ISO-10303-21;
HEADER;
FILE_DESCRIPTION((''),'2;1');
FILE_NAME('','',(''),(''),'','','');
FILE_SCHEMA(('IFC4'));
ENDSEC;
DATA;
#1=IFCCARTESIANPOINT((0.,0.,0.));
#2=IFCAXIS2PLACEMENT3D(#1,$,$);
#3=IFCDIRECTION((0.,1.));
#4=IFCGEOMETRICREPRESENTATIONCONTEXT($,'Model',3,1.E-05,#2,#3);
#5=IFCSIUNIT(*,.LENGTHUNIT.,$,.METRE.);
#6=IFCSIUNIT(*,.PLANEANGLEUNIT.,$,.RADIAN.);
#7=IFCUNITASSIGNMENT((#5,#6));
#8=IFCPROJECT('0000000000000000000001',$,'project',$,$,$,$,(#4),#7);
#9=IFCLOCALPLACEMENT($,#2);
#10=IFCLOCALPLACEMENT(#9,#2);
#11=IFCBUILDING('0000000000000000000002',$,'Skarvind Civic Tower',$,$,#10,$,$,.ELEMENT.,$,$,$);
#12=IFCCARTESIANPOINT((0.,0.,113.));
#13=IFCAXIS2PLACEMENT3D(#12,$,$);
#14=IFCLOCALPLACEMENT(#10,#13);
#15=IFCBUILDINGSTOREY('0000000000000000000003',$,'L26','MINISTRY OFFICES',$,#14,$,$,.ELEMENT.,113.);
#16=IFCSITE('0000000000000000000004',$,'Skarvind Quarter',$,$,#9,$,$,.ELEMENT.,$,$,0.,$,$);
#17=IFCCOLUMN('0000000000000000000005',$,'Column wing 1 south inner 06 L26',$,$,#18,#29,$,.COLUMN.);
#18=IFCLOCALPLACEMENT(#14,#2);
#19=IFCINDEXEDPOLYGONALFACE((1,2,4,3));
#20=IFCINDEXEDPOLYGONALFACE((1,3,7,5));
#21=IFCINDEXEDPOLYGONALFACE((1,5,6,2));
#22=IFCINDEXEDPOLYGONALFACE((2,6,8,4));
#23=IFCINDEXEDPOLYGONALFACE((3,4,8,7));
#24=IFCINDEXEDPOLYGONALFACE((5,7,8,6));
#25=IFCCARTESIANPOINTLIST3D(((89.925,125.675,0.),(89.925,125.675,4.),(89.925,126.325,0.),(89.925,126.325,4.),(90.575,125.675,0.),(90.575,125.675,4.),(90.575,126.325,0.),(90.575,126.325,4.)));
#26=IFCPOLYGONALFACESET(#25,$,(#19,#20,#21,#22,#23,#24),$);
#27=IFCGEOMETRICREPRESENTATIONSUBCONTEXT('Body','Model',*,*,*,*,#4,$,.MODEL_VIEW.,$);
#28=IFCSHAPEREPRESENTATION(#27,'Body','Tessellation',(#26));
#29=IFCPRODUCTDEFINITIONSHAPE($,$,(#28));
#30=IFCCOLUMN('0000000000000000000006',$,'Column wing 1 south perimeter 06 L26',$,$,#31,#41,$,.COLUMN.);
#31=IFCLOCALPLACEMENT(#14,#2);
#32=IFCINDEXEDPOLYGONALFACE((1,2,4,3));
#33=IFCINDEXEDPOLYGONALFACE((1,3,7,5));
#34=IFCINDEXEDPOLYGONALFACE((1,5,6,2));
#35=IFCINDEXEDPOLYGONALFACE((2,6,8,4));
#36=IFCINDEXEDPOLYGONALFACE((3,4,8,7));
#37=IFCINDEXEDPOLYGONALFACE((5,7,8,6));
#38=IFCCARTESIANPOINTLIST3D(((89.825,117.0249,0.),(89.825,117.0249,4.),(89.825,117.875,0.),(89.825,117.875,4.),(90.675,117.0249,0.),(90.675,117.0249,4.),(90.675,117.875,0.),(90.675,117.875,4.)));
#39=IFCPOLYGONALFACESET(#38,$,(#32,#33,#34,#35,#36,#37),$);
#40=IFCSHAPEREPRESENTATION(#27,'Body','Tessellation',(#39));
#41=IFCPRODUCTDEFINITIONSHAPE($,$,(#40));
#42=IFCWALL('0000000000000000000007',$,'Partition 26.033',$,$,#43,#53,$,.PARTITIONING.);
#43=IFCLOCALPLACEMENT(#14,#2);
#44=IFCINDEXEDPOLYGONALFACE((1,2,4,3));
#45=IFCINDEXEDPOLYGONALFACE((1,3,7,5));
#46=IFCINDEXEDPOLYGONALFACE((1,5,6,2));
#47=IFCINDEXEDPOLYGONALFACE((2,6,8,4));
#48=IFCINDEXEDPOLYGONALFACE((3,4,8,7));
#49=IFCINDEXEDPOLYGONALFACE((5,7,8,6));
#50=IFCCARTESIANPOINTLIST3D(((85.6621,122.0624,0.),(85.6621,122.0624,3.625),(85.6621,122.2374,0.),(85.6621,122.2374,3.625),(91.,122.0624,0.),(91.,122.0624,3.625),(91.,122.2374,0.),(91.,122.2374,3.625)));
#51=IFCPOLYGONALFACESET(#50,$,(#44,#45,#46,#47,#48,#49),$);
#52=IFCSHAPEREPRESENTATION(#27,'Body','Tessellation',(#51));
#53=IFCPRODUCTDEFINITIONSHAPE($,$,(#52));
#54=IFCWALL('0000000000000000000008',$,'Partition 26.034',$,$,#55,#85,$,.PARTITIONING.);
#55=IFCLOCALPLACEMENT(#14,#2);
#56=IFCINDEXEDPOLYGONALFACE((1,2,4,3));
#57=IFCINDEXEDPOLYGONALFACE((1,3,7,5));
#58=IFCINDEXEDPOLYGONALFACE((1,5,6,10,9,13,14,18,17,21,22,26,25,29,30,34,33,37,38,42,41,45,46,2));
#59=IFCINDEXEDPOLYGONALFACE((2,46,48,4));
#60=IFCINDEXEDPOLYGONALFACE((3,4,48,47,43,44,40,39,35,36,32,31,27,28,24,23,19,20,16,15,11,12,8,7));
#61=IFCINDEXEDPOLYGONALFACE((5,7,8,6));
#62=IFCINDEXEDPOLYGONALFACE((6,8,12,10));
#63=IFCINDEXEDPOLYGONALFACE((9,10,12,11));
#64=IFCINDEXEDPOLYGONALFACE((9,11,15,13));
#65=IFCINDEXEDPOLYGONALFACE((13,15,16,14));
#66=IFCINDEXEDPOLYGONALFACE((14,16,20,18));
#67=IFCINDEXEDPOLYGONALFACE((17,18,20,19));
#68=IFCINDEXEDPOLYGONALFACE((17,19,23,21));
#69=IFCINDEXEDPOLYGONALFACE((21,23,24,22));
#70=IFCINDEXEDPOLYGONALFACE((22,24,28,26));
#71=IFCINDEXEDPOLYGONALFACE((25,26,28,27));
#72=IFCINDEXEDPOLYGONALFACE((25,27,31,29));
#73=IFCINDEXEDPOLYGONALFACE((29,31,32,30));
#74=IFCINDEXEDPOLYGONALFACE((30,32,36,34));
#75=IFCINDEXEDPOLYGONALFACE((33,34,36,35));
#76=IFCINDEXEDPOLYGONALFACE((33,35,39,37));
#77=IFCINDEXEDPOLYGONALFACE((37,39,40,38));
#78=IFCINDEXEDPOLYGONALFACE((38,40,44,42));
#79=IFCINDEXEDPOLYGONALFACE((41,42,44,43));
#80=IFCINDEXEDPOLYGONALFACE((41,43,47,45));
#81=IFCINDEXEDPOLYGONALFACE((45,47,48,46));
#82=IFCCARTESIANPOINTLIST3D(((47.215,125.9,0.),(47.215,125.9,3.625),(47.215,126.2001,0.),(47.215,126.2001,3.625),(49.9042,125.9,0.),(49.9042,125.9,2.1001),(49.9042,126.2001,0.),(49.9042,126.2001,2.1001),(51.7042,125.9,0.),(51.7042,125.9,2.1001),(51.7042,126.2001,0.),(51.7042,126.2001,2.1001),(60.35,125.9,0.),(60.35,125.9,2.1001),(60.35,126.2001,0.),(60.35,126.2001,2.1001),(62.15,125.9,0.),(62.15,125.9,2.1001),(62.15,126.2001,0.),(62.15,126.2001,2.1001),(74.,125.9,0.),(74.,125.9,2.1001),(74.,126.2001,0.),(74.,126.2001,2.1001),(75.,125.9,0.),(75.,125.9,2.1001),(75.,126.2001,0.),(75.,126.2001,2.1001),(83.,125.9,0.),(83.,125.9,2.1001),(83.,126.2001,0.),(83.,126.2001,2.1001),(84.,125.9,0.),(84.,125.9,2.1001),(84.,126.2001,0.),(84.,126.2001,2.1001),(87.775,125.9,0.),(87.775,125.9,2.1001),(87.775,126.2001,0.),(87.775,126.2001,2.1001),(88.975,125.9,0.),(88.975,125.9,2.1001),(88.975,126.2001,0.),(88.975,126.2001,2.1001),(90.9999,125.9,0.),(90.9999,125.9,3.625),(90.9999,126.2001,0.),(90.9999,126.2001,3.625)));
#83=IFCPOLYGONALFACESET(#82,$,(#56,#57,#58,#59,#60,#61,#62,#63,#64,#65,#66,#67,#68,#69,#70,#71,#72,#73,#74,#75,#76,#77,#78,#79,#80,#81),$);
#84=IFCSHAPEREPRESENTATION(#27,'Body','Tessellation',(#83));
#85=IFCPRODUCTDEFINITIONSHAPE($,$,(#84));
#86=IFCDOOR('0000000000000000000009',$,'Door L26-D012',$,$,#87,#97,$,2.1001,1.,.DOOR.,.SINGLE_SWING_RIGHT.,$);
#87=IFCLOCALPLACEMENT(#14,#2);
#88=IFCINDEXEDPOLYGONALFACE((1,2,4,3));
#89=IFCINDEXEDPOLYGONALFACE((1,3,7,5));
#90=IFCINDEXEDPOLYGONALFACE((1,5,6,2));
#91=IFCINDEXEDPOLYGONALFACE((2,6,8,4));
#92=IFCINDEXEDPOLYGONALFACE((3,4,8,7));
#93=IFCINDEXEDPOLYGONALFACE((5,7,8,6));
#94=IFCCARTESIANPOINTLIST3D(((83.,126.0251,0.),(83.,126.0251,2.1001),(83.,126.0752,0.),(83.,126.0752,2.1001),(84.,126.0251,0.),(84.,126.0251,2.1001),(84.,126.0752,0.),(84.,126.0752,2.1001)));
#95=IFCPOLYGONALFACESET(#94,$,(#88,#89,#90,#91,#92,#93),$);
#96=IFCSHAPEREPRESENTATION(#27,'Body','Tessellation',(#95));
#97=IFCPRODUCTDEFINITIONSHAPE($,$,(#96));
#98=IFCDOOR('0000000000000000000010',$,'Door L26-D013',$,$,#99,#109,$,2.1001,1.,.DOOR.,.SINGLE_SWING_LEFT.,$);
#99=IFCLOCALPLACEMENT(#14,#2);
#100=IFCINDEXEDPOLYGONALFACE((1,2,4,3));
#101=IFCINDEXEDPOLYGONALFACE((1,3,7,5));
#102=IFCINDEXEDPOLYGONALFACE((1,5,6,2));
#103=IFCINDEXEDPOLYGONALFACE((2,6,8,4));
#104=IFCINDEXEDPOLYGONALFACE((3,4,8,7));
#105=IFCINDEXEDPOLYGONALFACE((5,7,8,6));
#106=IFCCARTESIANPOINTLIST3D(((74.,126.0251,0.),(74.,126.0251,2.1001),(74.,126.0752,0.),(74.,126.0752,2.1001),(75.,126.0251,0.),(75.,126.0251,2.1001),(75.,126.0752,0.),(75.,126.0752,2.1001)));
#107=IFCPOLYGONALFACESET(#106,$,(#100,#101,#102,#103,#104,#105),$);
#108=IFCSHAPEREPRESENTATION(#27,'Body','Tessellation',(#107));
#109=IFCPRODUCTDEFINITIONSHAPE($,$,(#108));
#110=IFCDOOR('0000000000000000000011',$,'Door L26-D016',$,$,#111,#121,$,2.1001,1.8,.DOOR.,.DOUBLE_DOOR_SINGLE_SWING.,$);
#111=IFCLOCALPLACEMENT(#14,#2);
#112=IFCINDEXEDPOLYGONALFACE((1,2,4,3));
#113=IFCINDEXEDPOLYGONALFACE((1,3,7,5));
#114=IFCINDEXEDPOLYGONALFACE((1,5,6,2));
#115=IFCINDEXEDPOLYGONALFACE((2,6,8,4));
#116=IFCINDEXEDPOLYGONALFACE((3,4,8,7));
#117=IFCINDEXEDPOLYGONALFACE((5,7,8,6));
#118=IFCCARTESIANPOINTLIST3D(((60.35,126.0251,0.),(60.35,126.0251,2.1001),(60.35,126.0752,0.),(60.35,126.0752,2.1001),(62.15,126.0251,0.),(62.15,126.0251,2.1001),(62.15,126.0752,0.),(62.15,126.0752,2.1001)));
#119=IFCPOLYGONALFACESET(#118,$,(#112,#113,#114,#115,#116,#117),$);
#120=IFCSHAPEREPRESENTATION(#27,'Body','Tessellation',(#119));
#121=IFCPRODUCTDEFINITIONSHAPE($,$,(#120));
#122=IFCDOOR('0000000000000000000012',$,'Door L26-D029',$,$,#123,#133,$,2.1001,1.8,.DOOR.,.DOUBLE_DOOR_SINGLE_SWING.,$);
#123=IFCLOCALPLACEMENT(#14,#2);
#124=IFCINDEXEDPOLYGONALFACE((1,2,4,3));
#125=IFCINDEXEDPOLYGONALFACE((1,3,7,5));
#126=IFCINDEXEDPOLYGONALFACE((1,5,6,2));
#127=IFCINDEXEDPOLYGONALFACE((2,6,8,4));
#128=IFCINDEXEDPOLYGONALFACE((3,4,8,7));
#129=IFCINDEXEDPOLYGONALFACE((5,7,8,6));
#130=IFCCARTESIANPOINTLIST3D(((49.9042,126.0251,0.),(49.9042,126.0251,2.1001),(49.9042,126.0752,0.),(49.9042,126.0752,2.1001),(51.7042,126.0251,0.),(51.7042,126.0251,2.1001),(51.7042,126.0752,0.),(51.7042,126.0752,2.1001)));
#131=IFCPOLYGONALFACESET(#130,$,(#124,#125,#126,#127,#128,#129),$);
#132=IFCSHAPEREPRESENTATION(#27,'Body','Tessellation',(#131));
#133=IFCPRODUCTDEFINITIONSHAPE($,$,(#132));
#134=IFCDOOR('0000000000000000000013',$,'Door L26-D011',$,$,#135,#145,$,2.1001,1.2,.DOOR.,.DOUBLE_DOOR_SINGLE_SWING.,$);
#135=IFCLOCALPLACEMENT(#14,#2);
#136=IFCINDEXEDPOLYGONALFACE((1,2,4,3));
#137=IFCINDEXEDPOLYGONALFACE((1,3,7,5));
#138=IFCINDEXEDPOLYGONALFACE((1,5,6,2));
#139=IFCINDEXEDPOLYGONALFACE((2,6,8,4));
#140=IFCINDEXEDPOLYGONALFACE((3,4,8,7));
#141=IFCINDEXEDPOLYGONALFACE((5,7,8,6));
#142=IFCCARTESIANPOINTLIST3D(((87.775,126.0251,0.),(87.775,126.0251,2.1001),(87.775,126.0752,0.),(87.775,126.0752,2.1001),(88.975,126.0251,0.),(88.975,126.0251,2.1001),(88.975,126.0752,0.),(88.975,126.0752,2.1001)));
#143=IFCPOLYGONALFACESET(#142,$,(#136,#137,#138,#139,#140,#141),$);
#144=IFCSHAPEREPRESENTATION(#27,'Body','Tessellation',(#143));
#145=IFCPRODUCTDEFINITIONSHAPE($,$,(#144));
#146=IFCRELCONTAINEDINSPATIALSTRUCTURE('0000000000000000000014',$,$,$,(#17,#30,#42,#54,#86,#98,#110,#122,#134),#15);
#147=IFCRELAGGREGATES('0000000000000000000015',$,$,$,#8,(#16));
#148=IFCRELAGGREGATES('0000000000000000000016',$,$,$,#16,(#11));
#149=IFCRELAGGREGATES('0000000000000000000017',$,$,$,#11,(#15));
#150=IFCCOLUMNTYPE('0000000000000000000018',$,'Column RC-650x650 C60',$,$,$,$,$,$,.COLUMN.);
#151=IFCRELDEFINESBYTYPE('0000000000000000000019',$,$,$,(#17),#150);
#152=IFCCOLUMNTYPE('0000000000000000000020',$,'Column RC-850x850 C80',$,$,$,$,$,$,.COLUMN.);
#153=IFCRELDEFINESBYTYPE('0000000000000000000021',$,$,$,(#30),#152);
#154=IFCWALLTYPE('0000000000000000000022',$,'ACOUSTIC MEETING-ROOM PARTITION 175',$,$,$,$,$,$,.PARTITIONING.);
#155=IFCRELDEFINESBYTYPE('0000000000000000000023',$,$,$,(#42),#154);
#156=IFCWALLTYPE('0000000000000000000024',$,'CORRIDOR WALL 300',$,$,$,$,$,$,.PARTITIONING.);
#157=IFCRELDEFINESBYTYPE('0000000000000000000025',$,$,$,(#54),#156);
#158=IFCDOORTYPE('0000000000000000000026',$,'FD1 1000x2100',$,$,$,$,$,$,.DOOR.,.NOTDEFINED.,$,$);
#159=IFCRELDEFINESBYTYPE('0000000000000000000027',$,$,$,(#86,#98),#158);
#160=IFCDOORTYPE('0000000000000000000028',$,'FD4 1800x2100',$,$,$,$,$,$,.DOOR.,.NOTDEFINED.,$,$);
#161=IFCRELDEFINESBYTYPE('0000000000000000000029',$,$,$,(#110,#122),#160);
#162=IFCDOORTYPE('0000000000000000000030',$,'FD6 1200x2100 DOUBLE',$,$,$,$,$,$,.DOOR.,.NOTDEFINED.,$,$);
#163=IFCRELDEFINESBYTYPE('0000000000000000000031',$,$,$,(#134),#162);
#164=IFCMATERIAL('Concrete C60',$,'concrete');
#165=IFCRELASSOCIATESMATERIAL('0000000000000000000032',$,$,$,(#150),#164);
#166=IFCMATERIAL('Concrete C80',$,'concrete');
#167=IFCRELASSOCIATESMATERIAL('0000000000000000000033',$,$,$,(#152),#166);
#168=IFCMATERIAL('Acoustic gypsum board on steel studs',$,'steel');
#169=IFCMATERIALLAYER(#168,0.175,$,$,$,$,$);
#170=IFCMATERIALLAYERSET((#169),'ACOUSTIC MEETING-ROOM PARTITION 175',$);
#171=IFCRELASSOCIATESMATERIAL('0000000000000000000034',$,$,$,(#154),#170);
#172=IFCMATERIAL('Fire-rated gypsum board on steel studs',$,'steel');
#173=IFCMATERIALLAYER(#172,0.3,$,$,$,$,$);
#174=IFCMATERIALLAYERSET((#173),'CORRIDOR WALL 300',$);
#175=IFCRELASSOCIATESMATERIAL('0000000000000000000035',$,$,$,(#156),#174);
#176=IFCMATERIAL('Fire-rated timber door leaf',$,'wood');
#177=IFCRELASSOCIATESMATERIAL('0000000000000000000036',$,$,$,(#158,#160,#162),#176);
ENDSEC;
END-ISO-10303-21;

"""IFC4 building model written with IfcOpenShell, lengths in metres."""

from ifc_helpers import new_model, si_unit, direction, frame, frame_2d, origin, origin_2d, place, context, subcontext, project, spatial, rectangle, extrude, material, layer, layer_set, material_profile, profile_set, type_object, element, fill, save


model = new_model("IFC4")

# Units and contexts
model_context = context("Model", 3, precision=1e-05, world=origin(), true_north=direction((0.0, 1.0)))
body_context = subcontext(model_context, "Body", "Model", "MODEL_VIEW")
ifc_project = project(units=[si_unit("LENGTHUNIT", "METRE"), si_unit("PLANEANGLEUNIT", "RADIAN")], contexts=[model_context])

# Site, building, storey
site_placement = place(None, origin())
site = spatial("IfcSite", under=ifc_project, at=site_placement, Name="Skarvind Quarter", CompositionType="ELEMENT", RefElevation=0.0)
building_placement = place(site_placement, origin())
building = spatial("IfcBuilding", under=site, at=building_placement, Name="Skarvind Civic Tower", CompositionType="ELEMENT")
storey_placement = place(building_placement, frame((0.0, 0.0, 113.0)))
storey = spatial("IfcBuildingStorey", under=building, at=storey_placement, Name="L26", Description="MINISTRY OFFICES", CompositionType="ELEMENT", Elevation=113.0)

# Columns
ifc_material_1 = material(Name="Concrete C60", Category="concrete")
ifc_material_profile_1 = material_profile(ifc_material_1, rectangle(XDim=0.6499, YDim=0.6499, at=origin_2d()), Name="RC-650x650")
ifc_profile_set_1 = profile_set([ifc_material_profile_1], Name="Concrete C60")
column_type_1 = type_object("IfcColumnType", Name="Column RC-650x650 C60", PredefinedType="COLUMN", material=ifc_profile_set_1)
column_1_placement = place(storey_placement, frame((90.25, 126.0, 0.0), z_axis=(0.0, 0.0, 1.0), x_axis=(1.0, 0.0, 0.0)))
element("IfcColumn", 1, at=column_1_placement, inside=storey, type_object=column_type_1, Name="Column wing 1 south inner 06 L26", PredefinedType="COLUMN", context=body_context, shape_type="SweptSolid", body=[
    extrude(rectangle(XDim=0.6499, YDim=0.6499, at=origin_2d()), origin(), (0.0, 0.0, 1.0), 4.0),
])
ifc_material_2 = material(Name="Concrete C80", Category="concrete")
ifc_material_profile_2 = material_profile(ifc_material_2, rectangle(XDim=0.8501, YDim=0.8501, at=origin_2d()), Name="RC-850x850")
ifc_profile_set_2 = profile_set([ifc_material_profile_2], Name="Concrete C80")
column_type_2 = type_object("IfcColumnType", Name="Column RC-850x850 C80", PredefinedType="COLUMN", material=ifc_profile_set_2)
column_2_placement = place(storey_placement, frame((90.25, 117.45, 0.0), z_axis=(0.0, 0.0, 1.0), x_axis=(1.0, 0.0, 0.0)))
element("IfcColumn", 2, at=column_2_placement, inside=storey, type_object=column_type_2, Name="Column wing 1 south perimeter 06 L26", PredefinedType="COLUMN", context=body_context, shape_type="SweptSolid", body=[
    extrude(rectangle(XDim=0.8501, YDim=0.8501, at=origin_2d()), origin(), (0.0, 0.0, 1.0), 4.0),
])

# Wall
ifc_material_3 = material(Name="Acoustic gypsum board on steel studs", Category="steel")
ifc_layer_1 = layer(ifc_material_3, 0.175)
ifc_layer_set_1 = layer_set([ifc_layer_1], Name="ACOUSTIC MEETING-ROOM PARTITION 175")
wall_type_1 = type_object("IfcWallType", Name="ACOUSTIC MEETING-ROOM PARTITION 175", PredefinedType="PARTITIONING", material=ifc_layer_set_1)
wall_1_placement = place(storey_placement, frame((91.0, 122.1499, 0.0), z_axis=(0.0, 0.0, 1.0), x_axis=(-1.0, 0.0, 0.0)))
element("IfcWall", 3, at=wall_1_placement, inside=storey, type_object=wall_type_1, Name="Partition 26.033", PredefinedType="PARTITIONING", context=body_context, shape_type="SweptSolid", body=[
    extrude(rectangle(XDim=5.3379, YDim=0.175, at=frame_2d((2.6689, 0.0))), origin(), (0.0, 0.0, 1.0), 3.625),
])

# Wall, openings, doors
ifc_material_4 = material(Name="Fire-rated gypsum board on steel studs", Category="steel")
ifc_layer_2 = layer(ifc_material_4, 0.3)
ifc_layer_set_2 = layer_set([ifc_layer_2], Name="CORRIDOR WALL 300")
wall_type_2 = type_object("IfcWallType", Name="CORRIDOR WALL 300", PredefinedType="PARTITIONING", material=ifc_layer_set_2)
wall_2_placement = place(storey_placement, frame((91.0, 126.05, 0.0), z_axis=(0.0, 0.0, 1.0), x_axis=(-1.0, 0.0, 0.0)))
wall_2 = element("IfcWall", 4, at=wall_2_placement, inside=storey, type_object=wall_type_2, Name="Partition 26.034", PredefinedType="PARTITIONING", context=body_context, shape_type="SweptSolid", body=[
    extrude(rectangle(XDim=43.7849, YDim=0.3, at=frame_2d((21.8926, 0.0))), origin(), (0.0, 0.0, 1.0), 3.625),
])
opening_1_placement = place(wall_2_placement, frame((2.0249, 0.0, 0.0)))
opening_1 = element("IfcOpeningElement", 5, at=opening_1_placement, cuts=wall_2, PredefinedType="OPENING", context=body_context, shape_type="SweptSolid", body=[
    extrude(rectangle(XDim=1.2, YDim=2.1001, at=frame_2d((0.6001, 1.05))), frame((0.0, 0.1599, 0.0), z_axis=(0.0, -1.0, 0.0), x_axis=(1.0, 0.0, 0.0)), (0.0, 0.0, 1.0), 0.3201),
])
opening_2_placement = place(wall_2_placement, frame((7.0, 0.0, 0.0)))
opening_2 = element("IfcOpeningElement", 6, at=opening_2_placement, cuts=wall_2, PredefinedType="OPENING", context=body_context, shape_type="SweptSolid", body=[
    extrude(rectangle(XDim=1.0, YDim=2.1001, at=frame_2d((0.5, 1.05))), frame((0.0, 0.1599, 0.0), z_axis=(0.0, -1.0, 0.0), x_axis=(1.0, 0.0, 0.0)), (0.0, 0.0, 1.0), 0.3201),
])
opening_3_placement = place(wall_2_placement, frame((16.0, 0.0, 0.0)))
opening_3 = element("IfcOpeningElement", 7, at=opening_3_placement, cuts=wall_2, PredefinedType="OPENING", context=body_context, shape_type="SweptSolid", body=[
    extrude(rectangle(XDim=1.0, YDim=2.1001, at=frame_2d((0.5, 1.05))), frame((0.0, 0.1599, 0.0), z_axis=(0.0, -1.0, 0.0), x_axis=(1.0, 0.0, 0.0)), (0.0, 0.0, 1.0), 0.3201),
])
opening_4_placement = place(wall_2_placement, frame((28.8501, 0.0, 0.0)))
opening_4 = element("IfcOpeningElement", 8, at=opening_4_placement, cuts=wall_2, PredefinedType="OPENING", context=body_context, shape_type="SweptSolid", body=[
    extrude(rectangle(XDim=1.8, YDim=2.1001, at=frame_2d((0.8999, 1.05))), frame((0.0, 0.1599, 0.0), z_axis=(0.0, -1.0, 0.0), x_axis=(1.0, 0.0, 0.0)), (0.0, 0.0, 1.0), 0.3201),
])
opening_5_placement = place(wall_2_placement, frame((39.2959, 0.0, 0.0)))
opening_5 = element("IfcOpeningElement", 9, at=opening_5_placement, cuts=wall_2, PredefinedType="OPENING", context=body_context, shape_type="SweptSolid", body=[
    extrude(rectangle(XDim=1.8, YDim=2.1001, at=frame_2d((0.8999, 1.05))), frame((0.0, 0.1599, 0.0), z_axis=(0.0, -1.0, 0.0), x_axis=(1.0, 0.0, 0.0)), (0.0, 0.0, 1.0), 0.3201),
])
ifc_material_5 = material(Name="Fire-rated timber door leaf", Category="wood")
door_type_1 = type_object("IfcDoorType", Name="FD1 1000x2100", OperationType="NOTDEFINED", PredefinedType="DOOR", material=ifc_material_5)
door_1_placement = place(opening_2_placement, origin())
door_1 = element("IfcDoor", 10, at=door_1_placement, inside=storey, type_object=door_type_1, Name="Door L26-D012", OperationType="SINGLE_SWING_RIGHT", OverallHeight=2.1001, OverallWidth=1.0, PredefinedType="DOOR", context=body_context, shape_type="SweptSolid", body=[
    extrude(rectangle(XDim=1.0, YDim=2.1001, at=frame_2d((0.5, 1.05))), frame((0.0, 0.0249, 0.0), z_axis=(0.0, -1.0, 0.0), x_axis=(1.0, 0.0, 0.0)), (0.0, 0.0, 1.0), 0.05),
])
fill(opening_2, door_1)
door_2_placement = place(opening_3_placement, origin())
door_2 = element("IfcDoor", 11, at=door_2_placement, inside=storey, type_object=door_type_1, Name="Door L26-D013", OperationType="SINGLE_SWING_LEFT", OverallHeight=2.1001, OverallWidth=1.0, PredefinedType="DOOR", context=body_context, shape_type="SweptSolid", body=[
    extrude(rectangle(XDim=1.0, YDim=2.1001, at=frame_2d((0.5, 1.05))), frame((0.0, 0.0249, 0.0), z_axis=(0.0, -1.0, 0.0), x_axis=(1.0, 0.0, 0.0)), (0.0, 0.0, 1.0), 0.05),
])
fill(opening_3, door_2)
door_type_2 = type_object("IfcDoorType", Name="FD4 1800x2100", OperationType="NOTDEFINED", PredefinedType="DOOR", material=ifc_material_5)
door_3_placement = place(opening_4_placement, origin())
door_3 = element("IfcDoor", 12, at=door_3_placement, inside=storey, type_object=door_type_2, Name="Door L26-D016", OperationType="DOUBLE_DOOR_SINGLE_SWING", OverallHeight=2.1001, OverallWidth=1.8, PredefinedType="DOOR", context=body_context, shape_type="SweptSolid", body=[
    extrude(rectangle(XDim=1.8, YDim=2.1001, at=frame_2d((0.8999, 1.05))), frame((0.0, 0.0249, 0.0), z_axis=(0.0, -1.0, 0.0), x_axis=(1.0, 0.0, 0.0)), (0.0, 0.0, 1.0), 0.05),
])
fill(opening_4, door_3)
door_4_placement = place(opening_5_placement, origin())
door_4 = element("IfcDoor", 13, at=door_4_placement, inside=storey, type_object=door_type_2, Name="Door L26-D029", OperationType="DOUBLE_DOOR_SINGLE_SWING", OverallHeight=2.1001, OverallWidth=1.8, PredefinedType="DOOR", context=body_context, shape_type="SweptSolid", body=[
    extrude(rectangle(XDim=1.8, YDim=2.1001, at=frame_2d((0.8999, 1.05))), frame((0.0, 0.0249, 0.0), z_axis=(0.0, -1.0, 0.0), x_axis=(1.0, 0.0, 0.0)), (0.0, 0.0, 1.0), 0.05),
])
fill(opening_5, door_4)
door_type_3 = type_object("IfcDoorType", Name="FD6 1200x2100 DOUBLE", OperationType="NOTDEFINED", PredefinedType="DOOR", material=ifc_material_5)
door_5_placement = place(opening_1_placement, origin())
door_5 = element("IfcDoor", 14, at=door_5_placement, inside=storey, type_object=door_type_3, Name="Door L26-D011", OperationType="DOUBLE_DOOR_SINGLE_SWING", OverallHeight=2.1001, OverallWidth=1.2, PredefinedType="DOOR", context=body_context, shape_type="SweptSolid", body=[
    extrude(rectangle(XDim=1.2, YDim=2.1001, at=frame_2d((0.6001, 1.05))), frame((0.0, 0.0249, 0.0), z_axis=(0.0, -1.0, 0.0), x_axis=(1.0, 0.0, 0.0)), (0.0, 0.0, 1.0), 0.05),
])
fill(opening_1, door_5)

save(model, "model.ifc")
